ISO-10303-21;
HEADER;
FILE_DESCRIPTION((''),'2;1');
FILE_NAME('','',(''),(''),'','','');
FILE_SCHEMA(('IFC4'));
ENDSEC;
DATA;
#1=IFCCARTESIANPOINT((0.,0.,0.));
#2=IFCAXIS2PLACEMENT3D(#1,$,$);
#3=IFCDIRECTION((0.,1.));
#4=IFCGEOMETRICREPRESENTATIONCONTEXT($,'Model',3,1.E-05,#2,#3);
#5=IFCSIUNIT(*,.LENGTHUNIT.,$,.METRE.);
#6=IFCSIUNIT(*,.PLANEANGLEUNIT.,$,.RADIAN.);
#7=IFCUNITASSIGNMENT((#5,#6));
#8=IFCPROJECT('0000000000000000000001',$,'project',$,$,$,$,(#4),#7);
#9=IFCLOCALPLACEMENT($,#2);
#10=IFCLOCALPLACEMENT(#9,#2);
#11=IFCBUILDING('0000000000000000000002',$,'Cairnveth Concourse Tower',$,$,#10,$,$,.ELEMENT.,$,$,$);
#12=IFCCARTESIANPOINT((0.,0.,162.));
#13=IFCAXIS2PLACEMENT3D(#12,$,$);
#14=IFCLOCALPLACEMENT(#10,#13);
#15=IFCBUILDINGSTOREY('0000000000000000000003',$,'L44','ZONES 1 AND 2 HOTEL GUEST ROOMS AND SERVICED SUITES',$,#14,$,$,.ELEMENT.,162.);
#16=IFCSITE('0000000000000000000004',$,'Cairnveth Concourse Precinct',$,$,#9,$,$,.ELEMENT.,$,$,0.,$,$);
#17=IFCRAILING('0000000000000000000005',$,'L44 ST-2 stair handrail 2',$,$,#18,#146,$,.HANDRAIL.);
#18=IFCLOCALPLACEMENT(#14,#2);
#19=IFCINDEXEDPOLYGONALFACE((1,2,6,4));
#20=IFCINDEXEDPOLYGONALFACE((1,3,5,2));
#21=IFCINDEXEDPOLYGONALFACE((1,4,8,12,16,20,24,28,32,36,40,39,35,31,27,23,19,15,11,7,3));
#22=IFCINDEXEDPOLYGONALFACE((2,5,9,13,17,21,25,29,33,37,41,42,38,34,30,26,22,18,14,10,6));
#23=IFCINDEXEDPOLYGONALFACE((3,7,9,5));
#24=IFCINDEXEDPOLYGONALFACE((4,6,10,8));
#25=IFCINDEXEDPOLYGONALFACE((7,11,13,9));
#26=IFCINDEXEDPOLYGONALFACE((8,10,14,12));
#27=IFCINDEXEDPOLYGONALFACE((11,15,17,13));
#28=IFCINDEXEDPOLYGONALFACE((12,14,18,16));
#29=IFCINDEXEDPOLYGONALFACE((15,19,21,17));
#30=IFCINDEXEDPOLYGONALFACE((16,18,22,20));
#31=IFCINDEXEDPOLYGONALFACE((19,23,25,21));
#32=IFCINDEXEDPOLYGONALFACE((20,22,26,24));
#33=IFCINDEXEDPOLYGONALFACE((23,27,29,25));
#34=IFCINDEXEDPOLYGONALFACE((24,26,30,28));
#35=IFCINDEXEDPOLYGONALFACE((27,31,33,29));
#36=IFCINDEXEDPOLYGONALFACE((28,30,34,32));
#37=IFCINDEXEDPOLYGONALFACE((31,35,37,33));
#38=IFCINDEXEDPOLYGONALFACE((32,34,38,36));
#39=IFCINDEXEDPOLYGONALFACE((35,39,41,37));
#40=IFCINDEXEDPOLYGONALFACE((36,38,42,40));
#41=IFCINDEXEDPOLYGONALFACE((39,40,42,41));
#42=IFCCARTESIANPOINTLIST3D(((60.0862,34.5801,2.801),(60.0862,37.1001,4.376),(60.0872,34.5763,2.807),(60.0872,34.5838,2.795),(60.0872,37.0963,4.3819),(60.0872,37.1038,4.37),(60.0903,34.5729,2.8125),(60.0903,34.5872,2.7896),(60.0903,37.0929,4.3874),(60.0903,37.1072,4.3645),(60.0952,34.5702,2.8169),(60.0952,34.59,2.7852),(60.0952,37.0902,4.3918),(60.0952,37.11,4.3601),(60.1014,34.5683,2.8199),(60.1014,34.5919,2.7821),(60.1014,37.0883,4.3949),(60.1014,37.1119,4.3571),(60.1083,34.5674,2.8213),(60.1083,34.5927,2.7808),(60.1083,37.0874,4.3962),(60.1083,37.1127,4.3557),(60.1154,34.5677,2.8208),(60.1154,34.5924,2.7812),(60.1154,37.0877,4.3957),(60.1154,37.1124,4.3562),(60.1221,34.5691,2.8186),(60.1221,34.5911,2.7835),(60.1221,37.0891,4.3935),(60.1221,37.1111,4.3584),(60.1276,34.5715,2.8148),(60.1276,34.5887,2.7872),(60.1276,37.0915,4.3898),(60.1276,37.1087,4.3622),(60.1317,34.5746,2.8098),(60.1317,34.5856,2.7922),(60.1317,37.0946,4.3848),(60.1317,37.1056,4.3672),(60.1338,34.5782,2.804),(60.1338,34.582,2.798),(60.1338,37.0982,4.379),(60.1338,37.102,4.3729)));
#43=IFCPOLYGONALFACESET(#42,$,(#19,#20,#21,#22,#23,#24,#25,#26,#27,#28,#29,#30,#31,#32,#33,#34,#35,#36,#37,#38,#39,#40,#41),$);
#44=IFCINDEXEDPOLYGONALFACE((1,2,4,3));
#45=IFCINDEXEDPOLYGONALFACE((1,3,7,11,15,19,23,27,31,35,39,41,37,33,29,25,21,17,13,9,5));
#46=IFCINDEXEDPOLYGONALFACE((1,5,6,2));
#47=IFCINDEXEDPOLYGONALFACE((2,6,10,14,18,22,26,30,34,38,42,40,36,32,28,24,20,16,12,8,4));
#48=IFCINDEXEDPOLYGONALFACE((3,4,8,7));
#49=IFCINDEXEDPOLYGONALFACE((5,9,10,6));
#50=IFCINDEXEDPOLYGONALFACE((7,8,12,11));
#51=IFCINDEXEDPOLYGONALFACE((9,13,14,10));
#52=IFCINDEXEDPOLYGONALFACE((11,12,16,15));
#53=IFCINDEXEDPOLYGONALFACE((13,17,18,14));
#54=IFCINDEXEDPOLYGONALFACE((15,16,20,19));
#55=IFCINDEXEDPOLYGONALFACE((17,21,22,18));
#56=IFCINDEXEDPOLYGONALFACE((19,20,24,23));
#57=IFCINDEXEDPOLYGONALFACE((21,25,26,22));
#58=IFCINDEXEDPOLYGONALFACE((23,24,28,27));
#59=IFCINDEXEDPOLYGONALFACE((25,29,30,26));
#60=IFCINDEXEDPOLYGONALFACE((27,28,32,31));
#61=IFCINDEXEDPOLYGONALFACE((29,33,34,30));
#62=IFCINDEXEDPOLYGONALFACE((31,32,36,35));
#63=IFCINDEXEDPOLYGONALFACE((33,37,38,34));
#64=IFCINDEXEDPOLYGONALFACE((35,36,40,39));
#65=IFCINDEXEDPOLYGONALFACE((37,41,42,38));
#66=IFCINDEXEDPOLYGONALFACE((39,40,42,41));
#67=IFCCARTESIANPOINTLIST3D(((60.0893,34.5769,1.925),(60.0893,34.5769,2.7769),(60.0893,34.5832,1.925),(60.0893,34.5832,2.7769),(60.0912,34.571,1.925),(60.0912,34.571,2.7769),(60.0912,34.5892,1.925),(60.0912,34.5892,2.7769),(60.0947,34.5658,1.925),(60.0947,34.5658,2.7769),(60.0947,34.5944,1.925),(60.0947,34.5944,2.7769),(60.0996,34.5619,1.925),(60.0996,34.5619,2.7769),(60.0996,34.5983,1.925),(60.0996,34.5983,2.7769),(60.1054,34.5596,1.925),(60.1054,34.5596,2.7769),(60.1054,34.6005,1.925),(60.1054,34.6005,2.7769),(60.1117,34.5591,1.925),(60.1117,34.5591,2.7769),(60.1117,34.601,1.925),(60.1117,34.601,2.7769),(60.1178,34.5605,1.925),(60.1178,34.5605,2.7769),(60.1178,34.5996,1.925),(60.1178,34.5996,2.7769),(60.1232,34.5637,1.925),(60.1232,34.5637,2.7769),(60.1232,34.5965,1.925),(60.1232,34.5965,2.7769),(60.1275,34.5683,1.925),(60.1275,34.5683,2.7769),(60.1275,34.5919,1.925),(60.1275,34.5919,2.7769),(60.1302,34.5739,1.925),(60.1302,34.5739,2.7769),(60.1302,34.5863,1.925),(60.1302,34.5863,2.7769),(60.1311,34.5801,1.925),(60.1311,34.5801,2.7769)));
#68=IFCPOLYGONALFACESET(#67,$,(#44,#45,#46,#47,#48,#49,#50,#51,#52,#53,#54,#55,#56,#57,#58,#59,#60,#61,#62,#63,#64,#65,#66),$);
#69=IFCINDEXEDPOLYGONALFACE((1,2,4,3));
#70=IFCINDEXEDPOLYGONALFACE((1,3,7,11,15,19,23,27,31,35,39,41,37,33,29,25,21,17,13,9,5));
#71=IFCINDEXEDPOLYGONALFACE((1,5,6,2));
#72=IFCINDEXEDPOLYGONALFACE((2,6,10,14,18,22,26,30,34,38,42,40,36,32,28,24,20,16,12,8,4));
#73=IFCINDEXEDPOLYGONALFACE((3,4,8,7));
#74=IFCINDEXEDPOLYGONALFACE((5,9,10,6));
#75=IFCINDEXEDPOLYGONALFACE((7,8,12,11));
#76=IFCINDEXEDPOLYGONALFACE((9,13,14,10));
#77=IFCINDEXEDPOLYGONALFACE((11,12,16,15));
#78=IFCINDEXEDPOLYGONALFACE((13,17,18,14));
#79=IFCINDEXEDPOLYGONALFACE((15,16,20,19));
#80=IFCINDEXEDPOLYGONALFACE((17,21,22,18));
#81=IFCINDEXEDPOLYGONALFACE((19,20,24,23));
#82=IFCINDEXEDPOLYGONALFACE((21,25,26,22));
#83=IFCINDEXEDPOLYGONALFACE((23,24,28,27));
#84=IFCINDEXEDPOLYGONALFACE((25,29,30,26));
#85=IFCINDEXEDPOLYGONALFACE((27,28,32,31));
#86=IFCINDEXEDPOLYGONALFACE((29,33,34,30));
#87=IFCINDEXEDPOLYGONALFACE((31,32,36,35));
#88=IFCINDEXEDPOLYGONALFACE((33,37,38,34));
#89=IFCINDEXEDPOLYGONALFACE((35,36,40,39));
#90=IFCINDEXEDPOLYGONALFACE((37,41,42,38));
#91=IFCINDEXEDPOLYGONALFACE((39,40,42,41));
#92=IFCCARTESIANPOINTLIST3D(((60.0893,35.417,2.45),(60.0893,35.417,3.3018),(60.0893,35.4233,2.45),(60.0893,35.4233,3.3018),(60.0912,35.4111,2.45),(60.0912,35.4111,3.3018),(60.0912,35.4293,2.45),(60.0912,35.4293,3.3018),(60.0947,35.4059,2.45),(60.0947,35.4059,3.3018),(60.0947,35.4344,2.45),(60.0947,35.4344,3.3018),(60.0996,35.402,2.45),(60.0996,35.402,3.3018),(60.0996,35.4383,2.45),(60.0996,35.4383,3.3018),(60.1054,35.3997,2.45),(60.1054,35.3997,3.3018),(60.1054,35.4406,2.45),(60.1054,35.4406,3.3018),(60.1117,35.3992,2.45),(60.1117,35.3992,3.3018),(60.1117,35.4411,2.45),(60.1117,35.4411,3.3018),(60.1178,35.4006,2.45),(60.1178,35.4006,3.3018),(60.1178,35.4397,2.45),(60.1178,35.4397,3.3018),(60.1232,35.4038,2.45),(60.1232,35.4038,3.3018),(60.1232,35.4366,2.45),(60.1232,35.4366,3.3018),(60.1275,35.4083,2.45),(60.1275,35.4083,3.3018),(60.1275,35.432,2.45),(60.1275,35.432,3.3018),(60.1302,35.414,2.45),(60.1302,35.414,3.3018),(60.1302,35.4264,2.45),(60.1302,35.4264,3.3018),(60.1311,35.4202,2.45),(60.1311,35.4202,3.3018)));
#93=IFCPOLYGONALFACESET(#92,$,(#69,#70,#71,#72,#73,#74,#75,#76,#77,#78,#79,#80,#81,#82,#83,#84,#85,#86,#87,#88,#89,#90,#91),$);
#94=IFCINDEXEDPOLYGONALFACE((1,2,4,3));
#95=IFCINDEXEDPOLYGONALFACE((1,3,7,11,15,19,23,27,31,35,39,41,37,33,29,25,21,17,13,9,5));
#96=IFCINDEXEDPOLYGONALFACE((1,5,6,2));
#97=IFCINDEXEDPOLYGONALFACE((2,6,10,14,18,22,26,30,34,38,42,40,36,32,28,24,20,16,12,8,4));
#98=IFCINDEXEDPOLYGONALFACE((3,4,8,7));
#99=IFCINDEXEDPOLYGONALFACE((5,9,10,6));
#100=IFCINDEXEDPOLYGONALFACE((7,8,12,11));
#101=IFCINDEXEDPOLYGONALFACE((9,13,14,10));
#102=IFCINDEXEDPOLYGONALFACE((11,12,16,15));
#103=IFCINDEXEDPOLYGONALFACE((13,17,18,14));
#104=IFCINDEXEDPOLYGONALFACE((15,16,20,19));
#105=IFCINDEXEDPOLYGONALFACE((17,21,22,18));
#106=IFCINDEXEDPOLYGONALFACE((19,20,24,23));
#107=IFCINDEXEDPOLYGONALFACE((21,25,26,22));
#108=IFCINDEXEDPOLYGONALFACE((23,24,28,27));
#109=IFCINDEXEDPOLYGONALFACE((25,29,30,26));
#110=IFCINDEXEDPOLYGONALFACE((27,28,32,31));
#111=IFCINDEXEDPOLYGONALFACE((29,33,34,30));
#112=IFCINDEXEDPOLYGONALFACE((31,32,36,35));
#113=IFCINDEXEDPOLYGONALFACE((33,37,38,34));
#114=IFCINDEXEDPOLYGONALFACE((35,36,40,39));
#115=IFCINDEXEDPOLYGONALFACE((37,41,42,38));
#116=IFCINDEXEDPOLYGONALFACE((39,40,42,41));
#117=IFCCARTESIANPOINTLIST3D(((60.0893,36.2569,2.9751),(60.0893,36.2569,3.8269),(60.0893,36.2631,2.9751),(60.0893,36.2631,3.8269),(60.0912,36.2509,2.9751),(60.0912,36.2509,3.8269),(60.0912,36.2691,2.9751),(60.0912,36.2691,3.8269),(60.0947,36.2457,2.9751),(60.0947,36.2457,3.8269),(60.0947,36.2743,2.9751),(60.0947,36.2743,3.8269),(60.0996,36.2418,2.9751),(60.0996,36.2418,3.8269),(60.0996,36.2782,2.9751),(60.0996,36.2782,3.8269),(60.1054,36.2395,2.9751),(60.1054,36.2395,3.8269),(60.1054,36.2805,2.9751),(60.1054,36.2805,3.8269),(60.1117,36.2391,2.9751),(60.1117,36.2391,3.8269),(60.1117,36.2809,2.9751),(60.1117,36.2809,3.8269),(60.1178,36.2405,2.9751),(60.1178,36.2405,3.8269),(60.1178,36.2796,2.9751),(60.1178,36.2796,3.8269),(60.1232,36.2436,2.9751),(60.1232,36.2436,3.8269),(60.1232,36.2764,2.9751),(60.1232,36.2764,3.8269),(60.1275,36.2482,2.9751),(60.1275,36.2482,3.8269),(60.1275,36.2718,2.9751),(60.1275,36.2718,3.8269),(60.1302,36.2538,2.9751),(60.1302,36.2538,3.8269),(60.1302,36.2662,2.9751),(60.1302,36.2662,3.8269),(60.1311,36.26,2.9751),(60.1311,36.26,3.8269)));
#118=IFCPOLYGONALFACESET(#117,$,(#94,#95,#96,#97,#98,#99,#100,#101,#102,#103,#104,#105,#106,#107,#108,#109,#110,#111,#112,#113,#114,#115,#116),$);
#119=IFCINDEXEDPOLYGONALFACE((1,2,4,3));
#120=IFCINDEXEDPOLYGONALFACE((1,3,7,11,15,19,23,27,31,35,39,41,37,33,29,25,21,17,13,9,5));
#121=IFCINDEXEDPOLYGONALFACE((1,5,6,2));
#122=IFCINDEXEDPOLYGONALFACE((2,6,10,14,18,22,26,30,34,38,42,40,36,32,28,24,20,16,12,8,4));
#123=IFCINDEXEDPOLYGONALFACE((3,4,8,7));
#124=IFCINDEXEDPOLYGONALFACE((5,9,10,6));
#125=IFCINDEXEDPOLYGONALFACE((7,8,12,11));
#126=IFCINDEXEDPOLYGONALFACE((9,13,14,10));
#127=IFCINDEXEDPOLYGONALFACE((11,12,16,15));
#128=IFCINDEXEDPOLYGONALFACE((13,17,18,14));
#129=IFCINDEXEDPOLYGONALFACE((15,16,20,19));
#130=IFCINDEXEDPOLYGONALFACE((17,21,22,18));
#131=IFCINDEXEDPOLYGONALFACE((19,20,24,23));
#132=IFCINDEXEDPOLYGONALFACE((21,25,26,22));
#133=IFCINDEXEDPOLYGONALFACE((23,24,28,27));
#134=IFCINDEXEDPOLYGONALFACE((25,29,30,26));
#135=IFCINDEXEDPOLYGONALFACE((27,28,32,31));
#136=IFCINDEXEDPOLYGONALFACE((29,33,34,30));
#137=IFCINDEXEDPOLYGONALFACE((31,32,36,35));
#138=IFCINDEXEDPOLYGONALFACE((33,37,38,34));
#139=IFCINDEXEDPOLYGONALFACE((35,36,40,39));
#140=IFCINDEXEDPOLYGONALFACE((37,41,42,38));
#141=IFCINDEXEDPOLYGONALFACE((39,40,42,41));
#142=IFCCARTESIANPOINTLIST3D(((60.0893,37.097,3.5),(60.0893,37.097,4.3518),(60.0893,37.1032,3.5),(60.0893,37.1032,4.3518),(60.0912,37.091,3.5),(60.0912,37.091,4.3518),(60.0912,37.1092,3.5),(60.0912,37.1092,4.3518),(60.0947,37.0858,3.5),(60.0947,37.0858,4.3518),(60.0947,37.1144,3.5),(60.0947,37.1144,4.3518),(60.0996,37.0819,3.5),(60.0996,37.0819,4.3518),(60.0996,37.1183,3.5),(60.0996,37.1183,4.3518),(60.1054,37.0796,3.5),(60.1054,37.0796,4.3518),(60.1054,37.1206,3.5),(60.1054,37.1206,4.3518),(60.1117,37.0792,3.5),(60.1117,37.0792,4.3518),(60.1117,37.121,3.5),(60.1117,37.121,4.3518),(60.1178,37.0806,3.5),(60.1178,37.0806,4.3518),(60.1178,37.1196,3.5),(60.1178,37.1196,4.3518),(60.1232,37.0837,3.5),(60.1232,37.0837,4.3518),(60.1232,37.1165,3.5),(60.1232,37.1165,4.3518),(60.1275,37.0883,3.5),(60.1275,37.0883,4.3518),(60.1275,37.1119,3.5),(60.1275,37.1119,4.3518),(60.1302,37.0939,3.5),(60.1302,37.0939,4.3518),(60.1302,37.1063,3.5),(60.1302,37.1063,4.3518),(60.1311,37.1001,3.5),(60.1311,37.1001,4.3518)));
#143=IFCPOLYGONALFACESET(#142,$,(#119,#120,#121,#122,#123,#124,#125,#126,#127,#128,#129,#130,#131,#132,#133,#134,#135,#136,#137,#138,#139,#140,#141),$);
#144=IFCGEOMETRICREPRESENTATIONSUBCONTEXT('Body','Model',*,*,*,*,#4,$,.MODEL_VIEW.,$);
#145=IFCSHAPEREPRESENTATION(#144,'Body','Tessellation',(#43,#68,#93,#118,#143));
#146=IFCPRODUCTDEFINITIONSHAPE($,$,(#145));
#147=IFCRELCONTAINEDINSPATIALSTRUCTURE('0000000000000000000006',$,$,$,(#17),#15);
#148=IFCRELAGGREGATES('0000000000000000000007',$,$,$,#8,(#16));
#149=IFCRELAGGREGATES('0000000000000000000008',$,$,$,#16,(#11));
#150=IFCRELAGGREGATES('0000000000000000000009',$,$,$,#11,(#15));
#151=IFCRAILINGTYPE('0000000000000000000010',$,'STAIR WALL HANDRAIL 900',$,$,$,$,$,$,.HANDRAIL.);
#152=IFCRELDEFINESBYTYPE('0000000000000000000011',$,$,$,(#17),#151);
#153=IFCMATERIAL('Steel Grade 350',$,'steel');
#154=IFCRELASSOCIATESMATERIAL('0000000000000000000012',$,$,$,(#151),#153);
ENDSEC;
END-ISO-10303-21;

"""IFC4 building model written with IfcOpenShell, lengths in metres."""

from ifc_helpers import new_model, si_unit, direction, frame, origin, origin_2d, place, context, subcontext, project, spatial, circle, extrude, material, type_object, element, save


model = new_model("IFC4")

# Units and contexts
model_context = context("Model", 3, precision=1e-05, world=origin(), true_north=direction((0.0, 1.0)))
body_context = subcontext(model_context, "Body", "Model", "MODEL_VIEW")
ifc_project = project(units=[si_unit("LENGTHUNIT", "METRE"), si_unit("PLANEANGLEUNIT", "RADIAN")], contexts=[model_context])

# Site, building, storey
site_placement = place(None, origin())
site = spatial("IfcSite", under=ifc_project, at=site_placement, Name="Cairnveth Concourse Precinct", CompositionType="ELEMENT", RefElevation=0.0)
building_placement = place(site_placement, origin())
building = spatial("IfcBuilding", under=site, at=building_placement, Name="Cairnveth Concourse Tower", CompositionType="ELEMENT")
storey_placement = place(building_placement, frame((0.0, 0.0, 162.0)))
storey = spatial("IfcBuildingStorey", under=building, at=storey_placement, Name="L44", Description="ZONES 1 AND 2 HOTEL GUEST ROOMS AND SERVICED SUITES", CompositionType="ELEMENT", Elevation=162.0)

# Shared definitions
ifc_material_1 = material(Name="Steel Grade 350", Category="steel")

# Railing
railing_type_1 = type_object("IfcRailingType", Name="STAIR WALL HANDRAIL 900", PredefinedType="HANDRAIL", material=ifc_material_1)
railing_1_placement = place(storey_placement, frame((60.1101, 34.5801, 1.925)))
element("IfcRailing", 1, at=railing_1_placement, inside=storey, type_object=railing_type_1, Name="L44 ST-2 stair handrail 2", PredefinedType="HANDRAIL", context=body_context, shape_type="SweptSolid", body=[
    extrude(circle(Radius=0.0239, at=origin_2d()), frame((0.0, 0.0, 0.876), z_axis=(0.0, 0.848008, 0.529984), x_axis=(-1.0, 0.0, 0.0)), (0.0, 0.0, 1.0), 2.9717),
    extrude(circle(Radius=0.021, at=origin_2d()), origin(), (0.0, 0.0, 1.0), 0.8518),
    extrude(circle(Radius=0.021, at=origin_2d()), frame((0.0, 0.8401, 0.5249)), (0.0, 0.0, 1.0), 0.8518),
    extrude(circle(Radius=0.021, at=origin_2d()), frame((0.0, 1.6799, 1.05)), (0.0, 0.0, 1.0), 0.8518),
    extrude(circle(Radius=0.021, at=origin_2d()), frame((0.0, 2.52, 1.575)), (0.0, 0.0, 1.0), 0.8518),
])

save(model, "model.ifc")
